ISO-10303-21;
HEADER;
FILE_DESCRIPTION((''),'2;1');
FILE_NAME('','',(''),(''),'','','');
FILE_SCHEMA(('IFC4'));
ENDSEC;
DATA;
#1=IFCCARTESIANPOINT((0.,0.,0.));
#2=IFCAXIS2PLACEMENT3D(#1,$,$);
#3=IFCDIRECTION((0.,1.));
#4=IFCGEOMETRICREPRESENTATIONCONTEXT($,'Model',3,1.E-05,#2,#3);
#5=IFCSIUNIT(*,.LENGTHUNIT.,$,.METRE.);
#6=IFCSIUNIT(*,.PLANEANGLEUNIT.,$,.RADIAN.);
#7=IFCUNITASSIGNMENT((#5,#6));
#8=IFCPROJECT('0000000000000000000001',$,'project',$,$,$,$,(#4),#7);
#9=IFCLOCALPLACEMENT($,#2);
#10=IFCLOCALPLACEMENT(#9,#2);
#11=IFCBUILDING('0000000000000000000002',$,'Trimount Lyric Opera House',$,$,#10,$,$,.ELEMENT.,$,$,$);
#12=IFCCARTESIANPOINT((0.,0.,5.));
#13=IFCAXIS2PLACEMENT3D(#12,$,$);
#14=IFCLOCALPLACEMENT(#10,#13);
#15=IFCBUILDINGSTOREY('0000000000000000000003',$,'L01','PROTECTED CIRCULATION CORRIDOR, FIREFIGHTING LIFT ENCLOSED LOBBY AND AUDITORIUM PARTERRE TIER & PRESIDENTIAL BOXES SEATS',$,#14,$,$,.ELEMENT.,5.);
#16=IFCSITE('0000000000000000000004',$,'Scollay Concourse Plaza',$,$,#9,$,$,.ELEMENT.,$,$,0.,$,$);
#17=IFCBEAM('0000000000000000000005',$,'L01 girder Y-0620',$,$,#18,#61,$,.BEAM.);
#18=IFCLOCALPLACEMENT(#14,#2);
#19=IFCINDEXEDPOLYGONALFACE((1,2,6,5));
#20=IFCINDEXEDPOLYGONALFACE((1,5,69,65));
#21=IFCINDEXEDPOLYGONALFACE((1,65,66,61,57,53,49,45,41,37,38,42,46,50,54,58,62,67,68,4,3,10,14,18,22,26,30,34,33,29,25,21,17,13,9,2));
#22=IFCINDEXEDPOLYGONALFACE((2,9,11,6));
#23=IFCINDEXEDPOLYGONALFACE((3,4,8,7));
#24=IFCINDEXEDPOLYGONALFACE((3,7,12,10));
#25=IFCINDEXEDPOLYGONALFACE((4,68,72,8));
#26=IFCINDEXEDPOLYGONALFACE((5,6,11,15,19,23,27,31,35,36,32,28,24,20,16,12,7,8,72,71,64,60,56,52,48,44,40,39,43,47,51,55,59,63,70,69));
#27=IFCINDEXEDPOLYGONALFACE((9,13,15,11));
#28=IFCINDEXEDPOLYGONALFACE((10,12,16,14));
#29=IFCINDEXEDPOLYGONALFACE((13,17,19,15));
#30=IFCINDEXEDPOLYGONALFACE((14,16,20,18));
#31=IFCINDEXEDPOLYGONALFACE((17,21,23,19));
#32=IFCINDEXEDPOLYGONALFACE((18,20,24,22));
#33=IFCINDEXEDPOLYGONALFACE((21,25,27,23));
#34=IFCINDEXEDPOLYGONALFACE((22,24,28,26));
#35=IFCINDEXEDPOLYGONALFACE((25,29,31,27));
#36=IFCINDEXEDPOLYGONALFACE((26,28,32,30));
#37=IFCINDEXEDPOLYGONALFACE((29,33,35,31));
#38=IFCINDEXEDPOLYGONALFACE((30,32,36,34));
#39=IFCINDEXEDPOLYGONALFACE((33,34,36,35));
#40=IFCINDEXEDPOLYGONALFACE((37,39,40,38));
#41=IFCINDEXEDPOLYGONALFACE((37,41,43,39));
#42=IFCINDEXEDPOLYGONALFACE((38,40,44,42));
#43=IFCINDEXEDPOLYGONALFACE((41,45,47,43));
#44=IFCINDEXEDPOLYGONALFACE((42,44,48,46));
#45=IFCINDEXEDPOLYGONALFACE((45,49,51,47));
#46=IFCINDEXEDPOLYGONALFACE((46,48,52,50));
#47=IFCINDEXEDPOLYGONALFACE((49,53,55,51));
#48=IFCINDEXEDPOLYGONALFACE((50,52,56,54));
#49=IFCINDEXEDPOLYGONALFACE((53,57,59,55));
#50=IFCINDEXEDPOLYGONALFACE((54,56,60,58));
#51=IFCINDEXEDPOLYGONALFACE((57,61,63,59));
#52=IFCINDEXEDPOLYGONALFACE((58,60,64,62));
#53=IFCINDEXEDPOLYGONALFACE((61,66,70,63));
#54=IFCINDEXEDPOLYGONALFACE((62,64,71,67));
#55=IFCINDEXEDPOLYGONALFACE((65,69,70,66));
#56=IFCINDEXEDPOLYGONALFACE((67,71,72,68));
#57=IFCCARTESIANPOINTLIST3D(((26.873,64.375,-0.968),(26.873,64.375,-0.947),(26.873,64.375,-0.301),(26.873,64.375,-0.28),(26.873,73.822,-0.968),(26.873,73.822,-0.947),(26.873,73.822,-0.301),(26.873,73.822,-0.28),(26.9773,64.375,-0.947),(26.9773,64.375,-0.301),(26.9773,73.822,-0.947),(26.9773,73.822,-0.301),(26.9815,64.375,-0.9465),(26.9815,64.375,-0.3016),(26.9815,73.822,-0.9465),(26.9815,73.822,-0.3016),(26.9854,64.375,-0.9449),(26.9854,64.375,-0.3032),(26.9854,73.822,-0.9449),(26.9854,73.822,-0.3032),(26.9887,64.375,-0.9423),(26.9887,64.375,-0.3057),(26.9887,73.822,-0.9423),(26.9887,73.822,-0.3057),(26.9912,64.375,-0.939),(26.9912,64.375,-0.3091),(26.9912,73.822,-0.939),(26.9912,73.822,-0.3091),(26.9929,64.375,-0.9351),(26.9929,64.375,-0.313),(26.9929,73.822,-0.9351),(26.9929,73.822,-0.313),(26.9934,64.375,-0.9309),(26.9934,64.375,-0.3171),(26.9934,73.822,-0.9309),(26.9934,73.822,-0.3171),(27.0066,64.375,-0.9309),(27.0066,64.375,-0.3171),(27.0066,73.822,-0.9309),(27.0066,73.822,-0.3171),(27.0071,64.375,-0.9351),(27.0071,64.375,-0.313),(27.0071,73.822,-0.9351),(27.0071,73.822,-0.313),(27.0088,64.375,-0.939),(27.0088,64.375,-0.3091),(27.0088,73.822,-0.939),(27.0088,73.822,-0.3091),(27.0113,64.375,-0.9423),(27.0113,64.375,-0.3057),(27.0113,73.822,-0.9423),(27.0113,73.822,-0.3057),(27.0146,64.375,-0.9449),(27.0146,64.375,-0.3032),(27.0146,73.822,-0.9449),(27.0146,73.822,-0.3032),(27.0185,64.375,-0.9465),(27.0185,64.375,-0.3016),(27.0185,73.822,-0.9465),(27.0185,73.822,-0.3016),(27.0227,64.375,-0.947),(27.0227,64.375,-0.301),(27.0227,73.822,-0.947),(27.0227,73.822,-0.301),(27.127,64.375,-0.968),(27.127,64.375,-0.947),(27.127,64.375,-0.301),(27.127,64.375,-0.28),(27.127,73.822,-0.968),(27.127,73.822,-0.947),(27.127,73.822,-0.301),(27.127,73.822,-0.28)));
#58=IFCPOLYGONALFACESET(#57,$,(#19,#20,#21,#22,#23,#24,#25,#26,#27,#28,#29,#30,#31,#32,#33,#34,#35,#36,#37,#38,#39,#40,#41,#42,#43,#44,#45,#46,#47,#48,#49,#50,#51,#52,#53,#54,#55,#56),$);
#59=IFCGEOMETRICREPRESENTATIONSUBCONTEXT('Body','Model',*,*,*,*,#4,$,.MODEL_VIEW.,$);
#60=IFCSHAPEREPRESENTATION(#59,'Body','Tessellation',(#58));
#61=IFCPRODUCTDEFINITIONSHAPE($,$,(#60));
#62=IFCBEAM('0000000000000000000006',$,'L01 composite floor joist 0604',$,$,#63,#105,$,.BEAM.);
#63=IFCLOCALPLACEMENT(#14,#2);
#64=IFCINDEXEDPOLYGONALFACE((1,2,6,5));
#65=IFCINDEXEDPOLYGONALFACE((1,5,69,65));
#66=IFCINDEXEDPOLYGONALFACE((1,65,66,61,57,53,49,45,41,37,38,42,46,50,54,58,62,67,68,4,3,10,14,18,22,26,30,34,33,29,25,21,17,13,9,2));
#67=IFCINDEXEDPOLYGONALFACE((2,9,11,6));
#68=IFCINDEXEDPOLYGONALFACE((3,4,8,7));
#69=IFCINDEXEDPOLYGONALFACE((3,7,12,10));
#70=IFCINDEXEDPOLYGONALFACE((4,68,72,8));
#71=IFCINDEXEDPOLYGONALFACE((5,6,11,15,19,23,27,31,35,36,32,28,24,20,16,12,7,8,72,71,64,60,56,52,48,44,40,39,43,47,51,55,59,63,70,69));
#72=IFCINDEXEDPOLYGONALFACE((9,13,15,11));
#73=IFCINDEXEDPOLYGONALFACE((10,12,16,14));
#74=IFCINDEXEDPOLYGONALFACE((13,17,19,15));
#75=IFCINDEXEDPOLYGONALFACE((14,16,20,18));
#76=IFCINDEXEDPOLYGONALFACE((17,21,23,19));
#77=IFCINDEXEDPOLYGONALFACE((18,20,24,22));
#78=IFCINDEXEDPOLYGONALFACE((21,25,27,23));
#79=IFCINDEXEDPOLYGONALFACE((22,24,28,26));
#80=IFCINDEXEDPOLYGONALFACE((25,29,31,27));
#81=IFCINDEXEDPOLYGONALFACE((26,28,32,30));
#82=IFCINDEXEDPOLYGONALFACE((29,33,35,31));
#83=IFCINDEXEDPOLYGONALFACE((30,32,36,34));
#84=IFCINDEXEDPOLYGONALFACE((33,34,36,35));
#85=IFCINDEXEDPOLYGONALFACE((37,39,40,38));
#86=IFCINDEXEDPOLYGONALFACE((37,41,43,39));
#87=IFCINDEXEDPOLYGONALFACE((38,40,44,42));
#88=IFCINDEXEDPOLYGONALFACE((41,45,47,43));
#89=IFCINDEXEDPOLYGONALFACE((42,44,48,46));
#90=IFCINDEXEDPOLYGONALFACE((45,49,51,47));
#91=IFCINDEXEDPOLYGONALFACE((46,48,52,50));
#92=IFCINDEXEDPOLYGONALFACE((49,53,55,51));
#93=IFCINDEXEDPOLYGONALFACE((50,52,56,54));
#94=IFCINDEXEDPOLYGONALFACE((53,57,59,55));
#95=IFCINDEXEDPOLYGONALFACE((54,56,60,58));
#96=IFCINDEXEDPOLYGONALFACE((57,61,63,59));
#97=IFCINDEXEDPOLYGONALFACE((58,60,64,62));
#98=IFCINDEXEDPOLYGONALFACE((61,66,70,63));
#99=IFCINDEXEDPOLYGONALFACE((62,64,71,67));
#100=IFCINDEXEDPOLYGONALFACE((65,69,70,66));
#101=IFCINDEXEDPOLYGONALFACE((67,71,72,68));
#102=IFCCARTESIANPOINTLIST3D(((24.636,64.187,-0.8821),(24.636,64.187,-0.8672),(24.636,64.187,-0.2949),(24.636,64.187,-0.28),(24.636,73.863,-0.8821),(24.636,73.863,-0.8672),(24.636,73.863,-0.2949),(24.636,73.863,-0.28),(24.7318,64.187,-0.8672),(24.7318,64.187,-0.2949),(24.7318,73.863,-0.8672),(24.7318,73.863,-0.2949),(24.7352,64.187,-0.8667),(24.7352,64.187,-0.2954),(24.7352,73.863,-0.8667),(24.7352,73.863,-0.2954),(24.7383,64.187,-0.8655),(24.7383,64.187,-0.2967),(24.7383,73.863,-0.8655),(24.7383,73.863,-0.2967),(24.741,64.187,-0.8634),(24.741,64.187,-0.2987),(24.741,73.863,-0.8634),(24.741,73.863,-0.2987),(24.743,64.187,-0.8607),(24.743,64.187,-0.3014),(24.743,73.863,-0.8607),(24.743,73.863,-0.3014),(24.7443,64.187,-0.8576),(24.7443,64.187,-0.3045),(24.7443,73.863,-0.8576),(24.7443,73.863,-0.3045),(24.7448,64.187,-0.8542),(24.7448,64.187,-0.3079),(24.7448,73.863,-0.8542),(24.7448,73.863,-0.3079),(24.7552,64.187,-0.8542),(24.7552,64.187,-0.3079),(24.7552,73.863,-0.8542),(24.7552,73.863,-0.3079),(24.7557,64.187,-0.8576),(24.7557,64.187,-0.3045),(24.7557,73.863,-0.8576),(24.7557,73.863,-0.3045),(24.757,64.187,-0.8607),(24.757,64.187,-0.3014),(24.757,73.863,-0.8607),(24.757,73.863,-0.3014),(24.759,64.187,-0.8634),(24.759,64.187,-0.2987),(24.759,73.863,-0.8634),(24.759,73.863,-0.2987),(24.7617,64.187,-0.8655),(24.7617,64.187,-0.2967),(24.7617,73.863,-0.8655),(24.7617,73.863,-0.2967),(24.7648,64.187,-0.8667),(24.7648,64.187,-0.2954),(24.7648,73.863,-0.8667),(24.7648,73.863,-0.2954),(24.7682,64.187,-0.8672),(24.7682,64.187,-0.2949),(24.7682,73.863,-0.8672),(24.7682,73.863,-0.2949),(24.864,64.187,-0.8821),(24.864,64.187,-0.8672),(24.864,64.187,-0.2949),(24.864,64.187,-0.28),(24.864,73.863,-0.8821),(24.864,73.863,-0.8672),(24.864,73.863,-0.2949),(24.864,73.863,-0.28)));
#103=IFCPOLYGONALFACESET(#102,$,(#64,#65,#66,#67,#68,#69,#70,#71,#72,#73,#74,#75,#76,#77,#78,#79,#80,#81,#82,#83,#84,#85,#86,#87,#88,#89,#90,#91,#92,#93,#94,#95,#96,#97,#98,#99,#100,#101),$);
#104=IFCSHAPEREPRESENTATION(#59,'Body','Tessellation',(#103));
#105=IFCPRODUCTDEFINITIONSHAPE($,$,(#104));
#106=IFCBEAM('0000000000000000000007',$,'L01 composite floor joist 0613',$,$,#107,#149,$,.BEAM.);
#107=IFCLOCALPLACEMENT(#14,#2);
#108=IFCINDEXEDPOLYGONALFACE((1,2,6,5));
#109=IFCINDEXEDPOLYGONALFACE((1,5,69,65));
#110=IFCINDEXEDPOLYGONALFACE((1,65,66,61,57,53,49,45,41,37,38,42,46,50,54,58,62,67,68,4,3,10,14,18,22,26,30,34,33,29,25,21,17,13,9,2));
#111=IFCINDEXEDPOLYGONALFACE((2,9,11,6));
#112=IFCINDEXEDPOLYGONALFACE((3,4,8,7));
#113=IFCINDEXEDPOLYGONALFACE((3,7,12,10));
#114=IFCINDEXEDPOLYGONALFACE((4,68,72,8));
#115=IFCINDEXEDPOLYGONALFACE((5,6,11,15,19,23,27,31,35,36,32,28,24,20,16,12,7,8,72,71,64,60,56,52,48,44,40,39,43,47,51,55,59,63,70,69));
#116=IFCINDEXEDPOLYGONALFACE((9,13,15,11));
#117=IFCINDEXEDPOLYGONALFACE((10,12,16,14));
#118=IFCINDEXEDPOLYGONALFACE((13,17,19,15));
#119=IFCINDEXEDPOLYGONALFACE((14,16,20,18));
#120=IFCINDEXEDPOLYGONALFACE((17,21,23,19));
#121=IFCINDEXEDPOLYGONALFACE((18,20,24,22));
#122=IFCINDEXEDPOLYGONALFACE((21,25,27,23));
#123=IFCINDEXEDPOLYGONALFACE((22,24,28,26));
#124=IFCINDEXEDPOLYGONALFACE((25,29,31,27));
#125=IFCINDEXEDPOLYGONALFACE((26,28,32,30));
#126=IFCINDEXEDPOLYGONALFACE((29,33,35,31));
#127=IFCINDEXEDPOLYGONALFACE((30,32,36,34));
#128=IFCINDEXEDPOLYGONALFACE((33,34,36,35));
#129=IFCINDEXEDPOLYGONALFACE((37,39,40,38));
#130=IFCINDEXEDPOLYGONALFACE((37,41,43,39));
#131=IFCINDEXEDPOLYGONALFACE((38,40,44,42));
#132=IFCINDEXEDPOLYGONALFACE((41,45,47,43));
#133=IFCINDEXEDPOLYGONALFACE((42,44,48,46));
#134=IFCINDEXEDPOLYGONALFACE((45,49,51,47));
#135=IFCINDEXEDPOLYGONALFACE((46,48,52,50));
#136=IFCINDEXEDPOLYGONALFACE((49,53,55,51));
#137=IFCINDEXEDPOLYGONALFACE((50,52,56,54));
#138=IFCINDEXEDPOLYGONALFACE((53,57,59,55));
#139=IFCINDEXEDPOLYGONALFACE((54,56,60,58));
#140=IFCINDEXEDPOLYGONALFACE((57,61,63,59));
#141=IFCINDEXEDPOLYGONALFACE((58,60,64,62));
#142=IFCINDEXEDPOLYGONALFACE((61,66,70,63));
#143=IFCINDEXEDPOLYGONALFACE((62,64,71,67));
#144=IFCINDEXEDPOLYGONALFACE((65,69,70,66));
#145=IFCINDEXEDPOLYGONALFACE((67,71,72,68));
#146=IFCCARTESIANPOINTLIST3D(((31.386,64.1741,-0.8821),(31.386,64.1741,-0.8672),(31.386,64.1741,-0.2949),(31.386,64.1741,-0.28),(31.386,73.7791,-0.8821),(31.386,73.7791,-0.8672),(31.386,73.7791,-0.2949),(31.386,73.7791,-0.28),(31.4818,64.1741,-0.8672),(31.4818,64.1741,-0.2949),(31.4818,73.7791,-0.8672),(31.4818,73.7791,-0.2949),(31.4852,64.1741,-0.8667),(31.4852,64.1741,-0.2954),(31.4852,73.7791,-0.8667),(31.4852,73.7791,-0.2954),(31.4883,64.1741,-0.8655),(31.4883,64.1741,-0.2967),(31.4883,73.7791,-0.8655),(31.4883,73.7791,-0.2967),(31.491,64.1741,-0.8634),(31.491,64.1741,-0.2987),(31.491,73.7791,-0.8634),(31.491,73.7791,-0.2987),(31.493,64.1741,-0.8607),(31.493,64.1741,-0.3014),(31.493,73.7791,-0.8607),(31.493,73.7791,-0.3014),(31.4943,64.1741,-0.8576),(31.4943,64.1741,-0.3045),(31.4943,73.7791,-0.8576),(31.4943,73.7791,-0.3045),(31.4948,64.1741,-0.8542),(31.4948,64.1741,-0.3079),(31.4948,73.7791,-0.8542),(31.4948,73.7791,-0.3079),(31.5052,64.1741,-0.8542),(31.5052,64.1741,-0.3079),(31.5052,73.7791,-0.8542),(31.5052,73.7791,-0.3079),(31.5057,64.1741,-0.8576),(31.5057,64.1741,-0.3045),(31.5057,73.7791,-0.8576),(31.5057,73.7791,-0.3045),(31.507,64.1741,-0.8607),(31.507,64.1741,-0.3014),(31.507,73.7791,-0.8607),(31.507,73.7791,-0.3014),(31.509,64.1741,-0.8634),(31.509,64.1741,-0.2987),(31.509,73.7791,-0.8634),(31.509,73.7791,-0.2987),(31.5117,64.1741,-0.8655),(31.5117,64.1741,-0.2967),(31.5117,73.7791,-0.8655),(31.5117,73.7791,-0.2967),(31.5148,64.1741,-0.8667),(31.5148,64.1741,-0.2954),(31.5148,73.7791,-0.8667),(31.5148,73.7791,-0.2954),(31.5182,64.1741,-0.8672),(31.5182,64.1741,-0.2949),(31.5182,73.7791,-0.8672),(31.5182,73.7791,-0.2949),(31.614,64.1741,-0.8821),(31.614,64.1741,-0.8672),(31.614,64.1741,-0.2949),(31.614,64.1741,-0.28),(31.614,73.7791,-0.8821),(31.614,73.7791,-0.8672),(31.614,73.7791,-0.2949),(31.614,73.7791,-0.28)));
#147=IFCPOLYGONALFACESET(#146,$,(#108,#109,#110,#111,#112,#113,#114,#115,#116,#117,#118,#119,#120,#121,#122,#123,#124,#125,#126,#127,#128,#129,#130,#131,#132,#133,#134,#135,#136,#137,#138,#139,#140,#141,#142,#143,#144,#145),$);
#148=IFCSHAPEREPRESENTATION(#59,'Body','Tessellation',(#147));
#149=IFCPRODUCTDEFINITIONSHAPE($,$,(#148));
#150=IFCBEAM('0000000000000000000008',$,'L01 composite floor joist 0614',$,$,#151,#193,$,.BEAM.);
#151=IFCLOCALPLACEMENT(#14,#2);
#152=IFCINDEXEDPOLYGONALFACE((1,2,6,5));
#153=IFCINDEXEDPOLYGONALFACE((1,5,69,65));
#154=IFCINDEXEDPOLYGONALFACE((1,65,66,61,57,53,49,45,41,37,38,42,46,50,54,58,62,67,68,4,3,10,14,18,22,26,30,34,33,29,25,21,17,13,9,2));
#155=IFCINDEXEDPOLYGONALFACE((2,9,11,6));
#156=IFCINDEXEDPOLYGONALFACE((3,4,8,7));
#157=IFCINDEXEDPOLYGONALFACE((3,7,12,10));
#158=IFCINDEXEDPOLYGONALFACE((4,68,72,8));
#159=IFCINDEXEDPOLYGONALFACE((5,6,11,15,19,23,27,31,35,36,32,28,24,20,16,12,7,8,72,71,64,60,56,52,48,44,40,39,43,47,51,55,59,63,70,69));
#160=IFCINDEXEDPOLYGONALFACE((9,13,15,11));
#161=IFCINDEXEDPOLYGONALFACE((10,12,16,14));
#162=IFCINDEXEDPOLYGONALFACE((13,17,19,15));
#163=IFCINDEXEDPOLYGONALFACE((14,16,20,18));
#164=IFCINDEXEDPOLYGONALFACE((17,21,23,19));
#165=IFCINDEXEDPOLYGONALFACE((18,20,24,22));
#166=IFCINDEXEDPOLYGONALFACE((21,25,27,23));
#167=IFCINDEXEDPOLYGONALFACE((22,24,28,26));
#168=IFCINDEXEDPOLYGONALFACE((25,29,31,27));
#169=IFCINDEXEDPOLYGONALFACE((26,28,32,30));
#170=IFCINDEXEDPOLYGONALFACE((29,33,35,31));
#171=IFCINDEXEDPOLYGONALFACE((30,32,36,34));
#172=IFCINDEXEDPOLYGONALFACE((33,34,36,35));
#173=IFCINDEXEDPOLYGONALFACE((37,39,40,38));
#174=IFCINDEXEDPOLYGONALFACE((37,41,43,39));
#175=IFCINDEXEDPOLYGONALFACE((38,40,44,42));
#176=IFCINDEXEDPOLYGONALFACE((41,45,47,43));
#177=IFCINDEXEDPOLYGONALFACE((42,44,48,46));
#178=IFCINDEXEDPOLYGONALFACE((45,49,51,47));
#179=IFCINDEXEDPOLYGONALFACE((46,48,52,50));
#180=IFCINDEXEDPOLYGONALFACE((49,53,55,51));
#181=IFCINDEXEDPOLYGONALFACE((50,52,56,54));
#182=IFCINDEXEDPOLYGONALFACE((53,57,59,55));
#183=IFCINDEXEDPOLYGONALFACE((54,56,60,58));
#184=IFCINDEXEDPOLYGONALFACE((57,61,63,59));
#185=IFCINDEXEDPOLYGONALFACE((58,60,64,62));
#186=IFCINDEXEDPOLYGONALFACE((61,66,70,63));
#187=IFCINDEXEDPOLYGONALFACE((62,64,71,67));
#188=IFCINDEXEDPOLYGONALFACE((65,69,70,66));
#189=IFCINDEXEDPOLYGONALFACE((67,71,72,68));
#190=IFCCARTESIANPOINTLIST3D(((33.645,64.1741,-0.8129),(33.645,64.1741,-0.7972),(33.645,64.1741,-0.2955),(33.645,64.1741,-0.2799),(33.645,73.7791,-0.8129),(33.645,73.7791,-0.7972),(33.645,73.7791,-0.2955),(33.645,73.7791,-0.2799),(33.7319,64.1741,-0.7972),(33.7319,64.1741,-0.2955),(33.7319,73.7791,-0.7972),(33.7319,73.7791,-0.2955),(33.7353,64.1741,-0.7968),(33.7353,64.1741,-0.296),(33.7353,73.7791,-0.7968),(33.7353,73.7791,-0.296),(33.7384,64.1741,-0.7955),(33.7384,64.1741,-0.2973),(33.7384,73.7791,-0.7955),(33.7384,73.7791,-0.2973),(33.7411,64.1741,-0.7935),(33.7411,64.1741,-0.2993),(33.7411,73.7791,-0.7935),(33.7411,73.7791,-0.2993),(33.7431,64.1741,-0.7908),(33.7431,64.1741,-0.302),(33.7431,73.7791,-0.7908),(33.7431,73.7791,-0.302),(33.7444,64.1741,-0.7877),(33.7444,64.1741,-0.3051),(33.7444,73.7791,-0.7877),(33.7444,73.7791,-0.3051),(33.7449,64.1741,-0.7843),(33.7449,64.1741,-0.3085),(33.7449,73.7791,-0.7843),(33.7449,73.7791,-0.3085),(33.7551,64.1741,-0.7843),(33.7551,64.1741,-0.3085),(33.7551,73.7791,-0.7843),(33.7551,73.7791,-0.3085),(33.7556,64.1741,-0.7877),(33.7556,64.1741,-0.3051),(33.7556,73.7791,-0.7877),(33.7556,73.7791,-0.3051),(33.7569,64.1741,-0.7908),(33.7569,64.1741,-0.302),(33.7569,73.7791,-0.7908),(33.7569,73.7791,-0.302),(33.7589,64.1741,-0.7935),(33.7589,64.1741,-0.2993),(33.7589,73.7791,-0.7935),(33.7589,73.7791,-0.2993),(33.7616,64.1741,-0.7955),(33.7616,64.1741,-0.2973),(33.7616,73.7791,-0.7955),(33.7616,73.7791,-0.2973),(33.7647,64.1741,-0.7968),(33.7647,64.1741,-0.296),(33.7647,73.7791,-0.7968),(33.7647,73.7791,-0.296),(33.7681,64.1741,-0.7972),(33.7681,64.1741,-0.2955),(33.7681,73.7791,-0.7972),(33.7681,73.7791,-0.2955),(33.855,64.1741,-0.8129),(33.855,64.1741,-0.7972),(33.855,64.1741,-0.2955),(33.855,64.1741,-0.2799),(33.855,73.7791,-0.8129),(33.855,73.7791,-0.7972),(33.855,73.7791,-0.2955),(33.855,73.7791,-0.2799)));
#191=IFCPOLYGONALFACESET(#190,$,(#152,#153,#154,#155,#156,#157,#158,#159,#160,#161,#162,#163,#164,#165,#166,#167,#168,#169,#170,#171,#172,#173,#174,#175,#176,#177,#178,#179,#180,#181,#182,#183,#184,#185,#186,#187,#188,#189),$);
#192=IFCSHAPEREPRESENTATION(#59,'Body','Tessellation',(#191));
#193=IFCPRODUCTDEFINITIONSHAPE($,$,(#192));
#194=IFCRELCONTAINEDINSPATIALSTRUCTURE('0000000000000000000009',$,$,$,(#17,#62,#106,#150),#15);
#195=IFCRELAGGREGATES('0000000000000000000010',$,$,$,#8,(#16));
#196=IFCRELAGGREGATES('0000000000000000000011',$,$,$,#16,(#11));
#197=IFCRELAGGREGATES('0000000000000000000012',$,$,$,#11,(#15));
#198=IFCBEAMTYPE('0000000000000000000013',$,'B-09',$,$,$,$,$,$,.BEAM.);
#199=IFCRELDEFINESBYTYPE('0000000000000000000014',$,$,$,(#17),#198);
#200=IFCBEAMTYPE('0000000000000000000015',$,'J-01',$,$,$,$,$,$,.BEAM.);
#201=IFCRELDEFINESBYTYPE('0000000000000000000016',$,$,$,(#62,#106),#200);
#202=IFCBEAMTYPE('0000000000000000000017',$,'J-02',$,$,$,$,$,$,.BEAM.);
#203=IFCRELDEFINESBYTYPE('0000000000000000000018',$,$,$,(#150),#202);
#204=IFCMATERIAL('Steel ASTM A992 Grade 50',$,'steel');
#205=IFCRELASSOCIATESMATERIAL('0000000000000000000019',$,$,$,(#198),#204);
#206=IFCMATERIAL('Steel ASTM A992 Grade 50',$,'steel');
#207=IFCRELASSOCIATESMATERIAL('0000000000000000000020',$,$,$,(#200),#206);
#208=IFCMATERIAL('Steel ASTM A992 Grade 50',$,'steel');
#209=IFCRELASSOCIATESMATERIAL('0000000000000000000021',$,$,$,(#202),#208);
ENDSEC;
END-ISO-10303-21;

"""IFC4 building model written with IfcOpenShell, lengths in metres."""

from ifc_helpers import new_model, si_unit, direction, frame, origin, origin_2d, place, context, subcontext, project, spatial, i_section, extrude, material, material_profile, profile_set, type_object, element, save


model = new_model("IFC4")

# Units and contexts
model_context = context("Model", 3, precision=1e-05, world=origin(), true_north=direction((0.0, 1.0)))
body_context = subcontext(model_context, "Body", "Model", "MODEL_VIEW")
ifc_project = project(units=[si_unit("LENGTHUNIT", "METRE"), si_unit("PLANEANGLEUNIT", "RADIAN")], contexts=[model_context])

# Site, building, storey
site_placement = place(None, origin())
site = spatial("IfcSite", under=ifc_project, at=site_placement, Name="Scollay Concourse Plaza", CompositionType="ELEMENT", RefElevation=0.0)
building_placement = place(site_placement, origin())
building = spatial("IfcBuilding", under=site, at=building_placement, Name="Trimount Lyric Opera House", CompositionType="ELEMENT")
storey_placement = place(building_placement, frame((0.0, 0.0, 5.0)))
storey = spatial("IfcBuildingStorey", under=building, at=storey_placement, Name="L01", Description="PROTECTED CIRCULATION CORRIDOR, FIREFIGHTING LIFT ENCLOSED LOBBY AND AUDITORIUM PARTERRE TIER & PRESIDENTIAL BOXES SEATS", CompositionType="ELEMENT", Elevation=5.0)

# Beams
ifc_material_1 = material(Name="Steel ASTM A992 Grade 50", Category="steel")
ifc_material_profile_1 = material_profile(ifc_material_1, i_section(OverallWidth=0.2539, OverallDepth=0.688, WebThickness=0.0132, FlangeThickness=0.021, FilletRadius=0.0161, at=origin_2d()), Name="W27X102")
ifc_profile_set_1 = profile_set([ifc_material_profile_1], Name="Steel ASTM A992 Grade 50")
beam_type_1 = type_object("IfcBeamType", Name="B-09", PredefinedType="BEAM", material=ifc_profile_set_1)
beam_1_placement = place(storey_placement, frame((27.0, 64.375, -0.624), z_axis=(0.0, 1.0, 0.0), x_axis=(-1.0, 0.0, 0.0)))
element("IfcBeam", 1, at=beam_1_placement, inside=storey, type_object=beam_type_1, Name="L01 girder Y-0620", PredefinedType="BEAM", context=body_context, shape_type="SweptSolid", body=[
    extrude(i_section(OverallWidth=0.2539, OverallDepth=0.688, WebThickness=0.0132, FlangeThickness=0.021, FilletRadius=0.0161, at=origin_2d()), origin(), (0.0, 0.0, 1.0), 9.447),
])
ifc_material_2 = material(Name="Steel ASTM A992 Grade 50", Category="steel")
ifc_material_profile_2 = material_profile(ifc_material_2, i_section(OverallWidth=0.228, OverallDepth=0.6021, WebThickness=0.0105, FlangeThickness=0.0149, FilletRadius=0.0129, at=origin_2d()), Name="W24X68")
ifc_profile_set_2 = profile_set([ifc_material_profile_2], Name="Steel ASTM A992 Grade 50")
beam_type_2 = type_object("IfcBeamType", Name="J-01", PredefinedType="BEAM", material=ifc_profile_set_2)
beam_2_placement = place(storey_placement, frame((24.75, 64.187, -0.5811), z_axis=(0.0, 1.0, 0.0), x_axis=(-1.0, 0.0, 0.0)))
element("IfcBeam", 2, at=beam_2_placement, inside=storey, type_object=beam_type_2, Name="L01 composite floor joist 0604", PredefinedType="BEAM", context=body_context, shape_type="SweptSolid", body=[
    extrude(i_section(OverallWidth=0.228, OverallDepth=0.6021, WebThickness=0.0105, FlangeThickness=0.0149, FilletRadius=0.0129, at=origin_2d()), origin(), (0.0, 0.0, 1.0), 9.676),
])
beam_3_placement = place(storey_placement, frame((31.5, 64.1741, -0.5811), z_axis=(0.0, 1.0, 0.0), x_axis=(-1.0, 0.0, 0.0)))
element("IfcBeam", 3, at=beam_3_placement, inside=storey, type_object=beam_type_2, Name="L01 composite floor joist 0613", PredefinedType="BEAM", context=body_context, shape_type="SweptSolid", body=[
    extrude(i_section(OverallWidth=0.228, OverallDepth=0.6021, WebThickness=0.0105, FlangeThickness=0.0149, FilletRadius=0.0129, at=origin_2d()), origin(), (0.0, 0.0, 1.0), 9.605),
])
ifc_material_3 = material(Name="Steel ASTM A992 Grade 50", Category="steel")
ifc_material_profile_3 = material_profile(ifc_material_3, i_section(OverallWidth=0.21, OverallDepth=0.533, WebThickness=0.0103, FlangeThickness=0.0156, FilletRadius=0.0129, at=origin_2d()), Name="W21X62")
ifc_profile_set_3 = profile_set([ifc_material_profile_3], Name="Steel ASTM A992 Grade 50")
beam_type_3 = type_object("IfcBeamType", Name="J-02", PredefinedType="BEAM", material=ifc_profile_set_3)
beam_4_placement = place(storey_placement, frame((33.75, 64.1741, -0.5464), z_axis=(0.0, 1.0, 0.0), x_axis=(-1.0, 0.0, 0.0)))
element("IfcBeam", 4, at=beam_4_placement, inside=storey, type_object=beam_type_3, Name="L01 composite floor joist 0614", PredefinedType="BEAM", context=body_context, shape_type="SweptSolid", body=[
    extrude(i_section(OverallWidth=0.21, OverallDepth=0.533, WebThickness=0.0103, FlangeThickness=0.0156, FilletRadius=0.0129, at=origin_2d()), origin(), (0.0, 0.0, 1.0), 9.605),
])

save(model, "model.ifc")
